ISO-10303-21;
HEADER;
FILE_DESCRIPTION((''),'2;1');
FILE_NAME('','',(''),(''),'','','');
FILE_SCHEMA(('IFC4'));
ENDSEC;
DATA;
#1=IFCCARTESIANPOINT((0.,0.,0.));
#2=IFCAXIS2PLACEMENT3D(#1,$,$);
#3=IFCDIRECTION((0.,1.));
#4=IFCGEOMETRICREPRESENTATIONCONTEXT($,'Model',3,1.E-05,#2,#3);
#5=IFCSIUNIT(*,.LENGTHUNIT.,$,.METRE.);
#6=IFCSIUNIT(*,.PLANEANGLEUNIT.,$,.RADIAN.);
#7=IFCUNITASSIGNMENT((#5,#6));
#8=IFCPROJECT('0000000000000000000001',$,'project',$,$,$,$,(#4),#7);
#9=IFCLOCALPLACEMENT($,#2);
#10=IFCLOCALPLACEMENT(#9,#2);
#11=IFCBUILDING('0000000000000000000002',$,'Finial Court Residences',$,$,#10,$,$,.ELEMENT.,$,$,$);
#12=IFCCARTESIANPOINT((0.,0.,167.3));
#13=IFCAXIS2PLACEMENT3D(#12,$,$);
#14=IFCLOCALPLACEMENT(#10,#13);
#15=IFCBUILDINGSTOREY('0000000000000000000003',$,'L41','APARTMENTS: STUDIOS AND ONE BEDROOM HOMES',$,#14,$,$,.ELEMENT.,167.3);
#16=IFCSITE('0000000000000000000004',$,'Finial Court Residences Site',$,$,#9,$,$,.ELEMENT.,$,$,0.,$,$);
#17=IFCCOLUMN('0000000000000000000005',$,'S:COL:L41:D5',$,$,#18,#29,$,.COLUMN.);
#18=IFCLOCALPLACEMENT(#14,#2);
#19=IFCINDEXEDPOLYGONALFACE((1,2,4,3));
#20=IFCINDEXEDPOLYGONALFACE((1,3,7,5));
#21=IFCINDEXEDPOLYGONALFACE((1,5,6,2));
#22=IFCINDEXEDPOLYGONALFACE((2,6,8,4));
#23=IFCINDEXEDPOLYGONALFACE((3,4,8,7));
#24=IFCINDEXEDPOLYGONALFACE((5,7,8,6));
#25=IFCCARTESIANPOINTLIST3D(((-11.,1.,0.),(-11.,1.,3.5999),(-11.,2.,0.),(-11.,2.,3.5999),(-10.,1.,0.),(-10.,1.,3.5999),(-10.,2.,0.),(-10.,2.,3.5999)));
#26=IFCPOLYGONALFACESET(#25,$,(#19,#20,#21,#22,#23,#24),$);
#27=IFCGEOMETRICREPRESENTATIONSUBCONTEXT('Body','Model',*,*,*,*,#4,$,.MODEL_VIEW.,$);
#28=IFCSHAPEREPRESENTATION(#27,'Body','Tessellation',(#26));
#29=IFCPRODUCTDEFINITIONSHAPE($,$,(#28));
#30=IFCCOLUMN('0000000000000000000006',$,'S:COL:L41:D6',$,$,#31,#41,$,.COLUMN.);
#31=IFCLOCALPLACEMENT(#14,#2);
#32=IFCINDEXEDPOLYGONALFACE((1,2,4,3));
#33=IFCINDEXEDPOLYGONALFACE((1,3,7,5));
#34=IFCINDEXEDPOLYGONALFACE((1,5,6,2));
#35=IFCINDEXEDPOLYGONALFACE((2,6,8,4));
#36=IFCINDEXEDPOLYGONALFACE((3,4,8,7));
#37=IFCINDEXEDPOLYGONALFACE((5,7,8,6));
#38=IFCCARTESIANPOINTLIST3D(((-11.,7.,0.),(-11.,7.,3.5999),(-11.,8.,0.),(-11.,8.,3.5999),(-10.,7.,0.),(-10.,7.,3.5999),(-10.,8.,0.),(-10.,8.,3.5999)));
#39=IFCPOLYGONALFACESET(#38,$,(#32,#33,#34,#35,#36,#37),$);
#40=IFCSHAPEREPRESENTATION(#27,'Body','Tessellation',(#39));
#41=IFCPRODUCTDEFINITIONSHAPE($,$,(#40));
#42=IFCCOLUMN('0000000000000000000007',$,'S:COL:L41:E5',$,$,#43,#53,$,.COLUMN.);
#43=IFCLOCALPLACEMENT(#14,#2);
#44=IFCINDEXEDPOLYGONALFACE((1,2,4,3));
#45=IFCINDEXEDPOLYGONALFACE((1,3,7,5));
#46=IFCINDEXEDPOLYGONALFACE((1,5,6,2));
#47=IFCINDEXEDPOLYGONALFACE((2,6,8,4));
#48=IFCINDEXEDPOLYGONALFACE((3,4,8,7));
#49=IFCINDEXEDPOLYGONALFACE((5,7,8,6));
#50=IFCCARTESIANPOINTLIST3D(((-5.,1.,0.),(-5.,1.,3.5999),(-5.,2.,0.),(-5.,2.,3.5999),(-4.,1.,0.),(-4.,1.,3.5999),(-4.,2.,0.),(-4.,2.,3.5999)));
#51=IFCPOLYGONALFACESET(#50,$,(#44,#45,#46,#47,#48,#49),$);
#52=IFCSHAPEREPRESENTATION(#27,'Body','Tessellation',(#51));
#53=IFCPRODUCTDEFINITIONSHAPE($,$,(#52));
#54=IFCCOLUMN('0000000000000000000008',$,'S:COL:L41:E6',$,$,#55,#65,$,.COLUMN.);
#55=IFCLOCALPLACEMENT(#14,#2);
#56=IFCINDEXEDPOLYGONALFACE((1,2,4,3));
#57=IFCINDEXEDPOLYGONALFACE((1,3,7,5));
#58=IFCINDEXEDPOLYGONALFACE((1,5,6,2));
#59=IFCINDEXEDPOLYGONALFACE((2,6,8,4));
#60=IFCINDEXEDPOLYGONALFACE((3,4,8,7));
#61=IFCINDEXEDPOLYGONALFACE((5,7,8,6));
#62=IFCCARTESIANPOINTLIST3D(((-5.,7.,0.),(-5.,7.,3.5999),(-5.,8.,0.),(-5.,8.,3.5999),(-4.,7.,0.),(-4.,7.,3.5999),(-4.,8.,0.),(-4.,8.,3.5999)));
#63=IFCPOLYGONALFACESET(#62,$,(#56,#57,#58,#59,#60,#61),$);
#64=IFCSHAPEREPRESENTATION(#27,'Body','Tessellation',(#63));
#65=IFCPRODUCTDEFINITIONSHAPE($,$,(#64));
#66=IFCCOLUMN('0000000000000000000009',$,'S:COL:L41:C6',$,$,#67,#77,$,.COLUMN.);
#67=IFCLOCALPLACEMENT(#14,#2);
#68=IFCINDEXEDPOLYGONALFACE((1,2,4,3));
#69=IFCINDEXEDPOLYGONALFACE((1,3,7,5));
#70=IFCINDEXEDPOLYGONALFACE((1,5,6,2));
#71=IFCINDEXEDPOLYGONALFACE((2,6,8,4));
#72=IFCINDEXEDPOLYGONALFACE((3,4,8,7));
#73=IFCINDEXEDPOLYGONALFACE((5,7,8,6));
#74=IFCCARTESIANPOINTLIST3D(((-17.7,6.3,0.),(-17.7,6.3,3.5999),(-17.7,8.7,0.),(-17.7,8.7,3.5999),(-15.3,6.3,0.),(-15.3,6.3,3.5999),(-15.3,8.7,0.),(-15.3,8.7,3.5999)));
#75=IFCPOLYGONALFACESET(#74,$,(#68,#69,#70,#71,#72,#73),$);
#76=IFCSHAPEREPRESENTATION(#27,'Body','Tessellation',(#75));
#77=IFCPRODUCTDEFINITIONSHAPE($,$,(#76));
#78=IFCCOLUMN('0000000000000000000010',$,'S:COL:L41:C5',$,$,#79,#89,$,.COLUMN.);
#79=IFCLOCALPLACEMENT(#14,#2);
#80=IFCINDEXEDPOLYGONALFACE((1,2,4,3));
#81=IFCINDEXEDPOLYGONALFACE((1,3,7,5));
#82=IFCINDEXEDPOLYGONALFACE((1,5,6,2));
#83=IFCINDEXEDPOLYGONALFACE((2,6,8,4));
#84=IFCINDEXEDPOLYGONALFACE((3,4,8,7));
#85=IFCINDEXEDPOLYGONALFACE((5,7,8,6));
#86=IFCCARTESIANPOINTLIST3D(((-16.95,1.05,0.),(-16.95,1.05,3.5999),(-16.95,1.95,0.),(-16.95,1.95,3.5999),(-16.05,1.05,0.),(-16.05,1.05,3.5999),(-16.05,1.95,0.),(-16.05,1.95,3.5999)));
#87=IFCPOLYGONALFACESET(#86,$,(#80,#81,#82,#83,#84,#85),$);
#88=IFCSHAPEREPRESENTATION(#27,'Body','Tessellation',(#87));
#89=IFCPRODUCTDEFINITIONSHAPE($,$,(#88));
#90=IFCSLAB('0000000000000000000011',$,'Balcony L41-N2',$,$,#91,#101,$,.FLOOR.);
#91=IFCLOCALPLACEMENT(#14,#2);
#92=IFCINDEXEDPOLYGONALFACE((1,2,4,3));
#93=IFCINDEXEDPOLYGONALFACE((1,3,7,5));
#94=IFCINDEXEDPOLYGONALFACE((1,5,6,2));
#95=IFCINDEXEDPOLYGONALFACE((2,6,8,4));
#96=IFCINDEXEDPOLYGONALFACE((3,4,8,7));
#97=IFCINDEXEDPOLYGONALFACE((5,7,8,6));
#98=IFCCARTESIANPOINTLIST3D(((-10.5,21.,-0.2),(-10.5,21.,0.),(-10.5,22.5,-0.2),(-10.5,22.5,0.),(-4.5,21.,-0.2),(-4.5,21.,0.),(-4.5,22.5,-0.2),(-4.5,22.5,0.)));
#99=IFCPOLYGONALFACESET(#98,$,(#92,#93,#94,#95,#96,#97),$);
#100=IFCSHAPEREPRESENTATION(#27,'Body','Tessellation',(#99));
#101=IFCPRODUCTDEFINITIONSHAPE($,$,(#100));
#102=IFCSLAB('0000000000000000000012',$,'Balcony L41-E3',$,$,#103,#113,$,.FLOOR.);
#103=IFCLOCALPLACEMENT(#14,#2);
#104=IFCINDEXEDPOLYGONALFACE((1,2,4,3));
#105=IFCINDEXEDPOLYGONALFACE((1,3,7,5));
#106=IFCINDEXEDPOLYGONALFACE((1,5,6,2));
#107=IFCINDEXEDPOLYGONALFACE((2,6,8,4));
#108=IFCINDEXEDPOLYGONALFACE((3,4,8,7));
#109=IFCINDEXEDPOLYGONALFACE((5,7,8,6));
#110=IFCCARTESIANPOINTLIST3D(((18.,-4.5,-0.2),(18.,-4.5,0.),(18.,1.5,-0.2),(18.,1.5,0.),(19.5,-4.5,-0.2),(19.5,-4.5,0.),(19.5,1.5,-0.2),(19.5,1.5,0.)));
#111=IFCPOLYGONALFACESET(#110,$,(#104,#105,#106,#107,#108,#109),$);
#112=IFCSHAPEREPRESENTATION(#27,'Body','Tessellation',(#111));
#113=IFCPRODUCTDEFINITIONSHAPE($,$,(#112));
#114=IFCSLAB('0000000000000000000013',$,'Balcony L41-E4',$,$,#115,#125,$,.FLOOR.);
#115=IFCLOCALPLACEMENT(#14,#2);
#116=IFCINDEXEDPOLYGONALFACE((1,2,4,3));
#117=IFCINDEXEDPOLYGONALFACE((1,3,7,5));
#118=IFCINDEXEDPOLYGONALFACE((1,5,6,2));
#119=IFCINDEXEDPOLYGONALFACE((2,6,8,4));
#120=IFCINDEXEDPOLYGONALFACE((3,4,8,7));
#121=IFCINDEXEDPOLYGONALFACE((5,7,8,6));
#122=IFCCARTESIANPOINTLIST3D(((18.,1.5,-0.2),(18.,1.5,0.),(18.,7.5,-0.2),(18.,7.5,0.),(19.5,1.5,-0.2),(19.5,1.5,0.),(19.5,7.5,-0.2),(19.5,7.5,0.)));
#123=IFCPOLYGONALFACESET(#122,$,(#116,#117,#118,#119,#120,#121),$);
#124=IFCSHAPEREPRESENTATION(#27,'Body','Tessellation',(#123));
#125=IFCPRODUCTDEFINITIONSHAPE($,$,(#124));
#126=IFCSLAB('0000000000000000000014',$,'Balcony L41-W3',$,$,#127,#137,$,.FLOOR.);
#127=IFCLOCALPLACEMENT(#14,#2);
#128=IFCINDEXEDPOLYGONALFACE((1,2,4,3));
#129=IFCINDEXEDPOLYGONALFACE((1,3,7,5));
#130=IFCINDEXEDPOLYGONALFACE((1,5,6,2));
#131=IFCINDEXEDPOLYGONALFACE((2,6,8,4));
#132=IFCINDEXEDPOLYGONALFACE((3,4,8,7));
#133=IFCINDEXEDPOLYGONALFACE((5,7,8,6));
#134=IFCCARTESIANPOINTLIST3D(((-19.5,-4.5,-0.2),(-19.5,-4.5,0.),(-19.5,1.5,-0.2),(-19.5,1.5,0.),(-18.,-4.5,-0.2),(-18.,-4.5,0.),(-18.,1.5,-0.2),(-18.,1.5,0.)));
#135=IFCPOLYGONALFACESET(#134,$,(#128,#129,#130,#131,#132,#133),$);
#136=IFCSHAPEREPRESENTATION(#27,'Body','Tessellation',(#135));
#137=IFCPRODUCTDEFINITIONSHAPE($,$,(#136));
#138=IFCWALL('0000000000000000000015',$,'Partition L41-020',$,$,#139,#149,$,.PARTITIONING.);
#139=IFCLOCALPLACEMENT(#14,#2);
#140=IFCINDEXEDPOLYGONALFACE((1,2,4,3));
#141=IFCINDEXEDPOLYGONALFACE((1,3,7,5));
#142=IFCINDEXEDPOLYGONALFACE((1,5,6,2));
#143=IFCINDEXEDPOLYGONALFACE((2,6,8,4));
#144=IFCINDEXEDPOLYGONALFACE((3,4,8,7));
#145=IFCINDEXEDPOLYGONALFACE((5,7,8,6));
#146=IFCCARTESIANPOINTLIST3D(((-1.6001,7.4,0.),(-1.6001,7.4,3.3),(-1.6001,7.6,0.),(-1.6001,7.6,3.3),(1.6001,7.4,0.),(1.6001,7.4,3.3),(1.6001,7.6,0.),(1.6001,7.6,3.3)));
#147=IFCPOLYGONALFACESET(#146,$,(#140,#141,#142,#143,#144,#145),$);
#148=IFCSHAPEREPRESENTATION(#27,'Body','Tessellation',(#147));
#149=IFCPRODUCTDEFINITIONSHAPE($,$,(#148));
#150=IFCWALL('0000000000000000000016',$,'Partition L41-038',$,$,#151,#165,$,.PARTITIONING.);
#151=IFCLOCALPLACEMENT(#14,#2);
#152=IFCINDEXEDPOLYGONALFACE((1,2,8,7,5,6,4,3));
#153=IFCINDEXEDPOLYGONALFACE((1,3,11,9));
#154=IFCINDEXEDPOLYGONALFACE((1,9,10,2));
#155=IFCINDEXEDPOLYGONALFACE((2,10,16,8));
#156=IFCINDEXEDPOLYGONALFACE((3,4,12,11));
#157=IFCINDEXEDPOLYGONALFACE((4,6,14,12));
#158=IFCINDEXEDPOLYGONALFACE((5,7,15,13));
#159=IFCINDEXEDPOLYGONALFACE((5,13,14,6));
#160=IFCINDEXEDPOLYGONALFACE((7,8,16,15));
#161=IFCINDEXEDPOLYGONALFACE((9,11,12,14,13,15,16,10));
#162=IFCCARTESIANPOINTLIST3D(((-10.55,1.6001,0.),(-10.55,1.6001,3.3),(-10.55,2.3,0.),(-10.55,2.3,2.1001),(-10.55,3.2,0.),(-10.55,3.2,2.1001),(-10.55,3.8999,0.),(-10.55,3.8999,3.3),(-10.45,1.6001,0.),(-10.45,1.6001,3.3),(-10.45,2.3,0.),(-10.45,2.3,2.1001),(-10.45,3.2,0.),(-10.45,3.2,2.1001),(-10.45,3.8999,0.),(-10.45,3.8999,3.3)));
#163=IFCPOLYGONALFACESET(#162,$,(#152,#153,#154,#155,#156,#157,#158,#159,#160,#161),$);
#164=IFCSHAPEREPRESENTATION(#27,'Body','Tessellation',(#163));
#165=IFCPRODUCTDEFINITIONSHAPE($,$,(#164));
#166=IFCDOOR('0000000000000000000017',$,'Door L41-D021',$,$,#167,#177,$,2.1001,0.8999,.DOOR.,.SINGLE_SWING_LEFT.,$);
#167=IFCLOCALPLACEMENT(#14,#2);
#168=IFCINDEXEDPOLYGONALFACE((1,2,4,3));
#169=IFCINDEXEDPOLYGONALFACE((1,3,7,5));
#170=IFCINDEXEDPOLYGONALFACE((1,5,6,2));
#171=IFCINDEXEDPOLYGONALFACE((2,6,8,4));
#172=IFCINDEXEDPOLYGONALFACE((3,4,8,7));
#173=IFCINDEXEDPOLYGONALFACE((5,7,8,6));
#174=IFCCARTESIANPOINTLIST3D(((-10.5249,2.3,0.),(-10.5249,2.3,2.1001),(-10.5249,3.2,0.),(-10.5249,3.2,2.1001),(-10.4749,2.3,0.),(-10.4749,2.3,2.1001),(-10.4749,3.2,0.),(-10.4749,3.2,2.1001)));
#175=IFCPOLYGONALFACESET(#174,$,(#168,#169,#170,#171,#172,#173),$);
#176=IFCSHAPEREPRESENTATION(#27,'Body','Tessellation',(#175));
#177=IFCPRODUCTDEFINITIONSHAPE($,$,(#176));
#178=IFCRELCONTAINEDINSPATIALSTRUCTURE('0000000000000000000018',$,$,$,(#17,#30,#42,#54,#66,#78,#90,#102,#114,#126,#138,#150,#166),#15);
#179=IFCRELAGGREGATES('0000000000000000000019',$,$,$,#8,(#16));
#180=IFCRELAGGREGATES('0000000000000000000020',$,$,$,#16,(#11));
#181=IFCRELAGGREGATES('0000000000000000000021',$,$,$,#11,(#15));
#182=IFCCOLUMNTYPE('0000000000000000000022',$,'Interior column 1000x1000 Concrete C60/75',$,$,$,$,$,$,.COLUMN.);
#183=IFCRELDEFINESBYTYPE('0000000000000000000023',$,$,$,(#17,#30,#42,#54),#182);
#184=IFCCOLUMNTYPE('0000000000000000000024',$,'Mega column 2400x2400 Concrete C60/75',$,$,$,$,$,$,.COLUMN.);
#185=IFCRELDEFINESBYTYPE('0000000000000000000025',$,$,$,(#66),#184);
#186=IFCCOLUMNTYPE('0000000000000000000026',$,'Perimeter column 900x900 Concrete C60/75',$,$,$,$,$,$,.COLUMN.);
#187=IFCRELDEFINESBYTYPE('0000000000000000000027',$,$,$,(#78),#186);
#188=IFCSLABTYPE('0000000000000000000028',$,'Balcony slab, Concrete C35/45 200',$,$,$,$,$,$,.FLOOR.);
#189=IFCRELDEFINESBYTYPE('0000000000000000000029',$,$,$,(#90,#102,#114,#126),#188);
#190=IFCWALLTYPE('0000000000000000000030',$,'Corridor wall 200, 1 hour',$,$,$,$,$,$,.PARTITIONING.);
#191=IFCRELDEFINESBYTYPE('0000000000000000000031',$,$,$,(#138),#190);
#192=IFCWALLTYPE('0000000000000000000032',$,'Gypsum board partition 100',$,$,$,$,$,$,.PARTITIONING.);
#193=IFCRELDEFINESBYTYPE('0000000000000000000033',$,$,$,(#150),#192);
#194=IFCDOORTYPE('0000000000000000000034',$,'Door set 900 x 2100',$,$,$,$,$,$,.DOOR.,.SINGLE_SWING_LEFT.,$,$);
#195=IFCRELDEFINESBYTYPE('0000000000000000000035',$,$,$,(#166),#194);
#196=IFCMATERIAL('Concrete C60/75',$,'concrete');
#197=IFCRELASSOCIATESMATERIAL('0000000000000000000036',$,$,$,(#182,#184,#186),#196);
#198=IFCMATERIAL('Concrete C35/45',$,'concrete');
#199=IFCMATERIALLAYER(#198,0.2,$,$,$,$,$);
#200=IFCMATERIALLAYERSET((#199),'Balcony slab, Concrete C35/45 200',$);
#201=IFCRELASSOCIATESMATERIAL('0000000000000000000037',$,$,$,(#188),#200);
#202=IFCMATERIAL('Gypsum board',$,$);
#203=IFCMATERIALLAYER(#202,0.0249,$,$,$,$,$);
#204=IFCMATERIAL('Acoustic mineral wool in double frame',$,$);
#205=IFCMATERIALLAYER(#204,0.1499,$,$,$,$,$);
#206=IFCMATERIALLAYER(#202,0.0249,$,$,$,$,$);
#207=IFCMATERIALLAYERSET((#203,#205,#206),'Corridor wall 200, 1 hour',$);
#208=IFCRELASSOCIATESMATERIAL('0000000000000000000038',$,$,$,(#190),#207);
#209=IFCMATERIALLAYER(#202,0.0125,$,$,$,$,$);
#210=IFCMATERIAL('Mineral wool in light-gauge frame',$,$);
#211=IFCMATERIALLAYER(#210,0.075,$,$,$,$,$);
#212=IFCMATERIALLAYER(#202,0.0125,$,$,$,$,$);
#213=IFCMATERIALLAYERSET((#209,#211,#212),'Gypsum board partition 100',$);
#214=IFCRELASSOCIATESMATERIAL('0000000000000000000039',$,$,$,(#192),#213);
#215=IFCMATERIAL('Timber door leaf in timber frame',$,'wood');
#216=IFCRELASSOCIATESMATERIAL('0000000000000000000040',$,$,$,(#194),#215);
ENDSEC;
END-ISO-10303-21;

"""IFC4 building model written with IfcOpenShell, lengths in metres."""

from ifc_helpers import new_model, si_unit, direction, frame, frame_2d, origin, origin_2d, place, context, subcontext, project, spatial, polyline, rectangle, outline, extrude, material, layer, layer_set, material_profile, profile_set, type_object, element, fill, save


model = new_model("IFC4")

# Units and contexts
model_context = context("Model", 3, precision=1e-05, world=origin(), true_north=direction((0.0, 1.0)))
body_context = subcontext(model_context, "Body", "Model", "MODEL_VIEW")
ifc_project = project(units=[si_unit("LENGTHUNIT", "METRE"), si_unit("PLANEANGLEUNIT", "RADIAN")], contexts=[model_context])

# Site, building, storey
site_placement = place(None, origin())
site = spatial("IfcSite", under=ifc_project, at=site_placement, Name="Finial Court Residences Site", CompositionType="ELEMENT", RefElevation=0.0)
building_placement = place(site_placement, origin())
building = spatial("IfcBuilding", under=site, at=building_placement, Name="Finial Court Residences", CompositionType="ELEMENT")
storey_placement = place(building_placement, frame((0.0, 0.0, 167.3)))
storey = spatial("IfcBuildingStorey", under=building, at=storey_placement, Name="L41", Description="APARTMENTS: STUDIOS AND ONE BEDROOM HOMES", CompositionType="ELEMENT", Elevation=167.3)

# Columns
ifc_material_1 = material(Name="Concrete C60/75", Category="concrete")
ifc_material_profile_1 = material_profile(ifc_material_1, rectangle(XDim=1.0, YDim=1.0, at=origin_2d()), Name="1000x1000")
ifc_profile_set_1 = profile_set([ifc_material_profile_1], Name="Concrete C60/75")
column_type_1 = type_object("IfcColumnType", Name="Interior column 1000x1000 Concrete C60/75", PredefinedType="COLUMN", material=ifc_profile_set_1)
for number, where, z_axis, x_axis, name in (
    (1, (-10.5, 1.5, 0.0), (0.0, 0.0, 1.0), (1.0, 0.0, 0.0), "S:COL:L41:D5"),
    (2, (-10.5, 7.5, 0.0), (0.0, 0.0, 1.0), (1.0, 0.0, 0.0), "S:COL:L41:D6"),
    (3, (-4.5, 1.5, 0.0), (0.0, 0.0, 1.0), (1.0, 0.0, 0.0), "S:COL:L41:E5"),
    (4, (-4.5, 7.5, 0.0), (0.0, 0.0, 1.0), (1.0, 0.0, 0.0), "S:COL:L41:E6"),
):
    element("IfcColumn", number, at=place(storey_placement, frame(where, z_axis=z_axis, x_axis=x_axis)), inside=storey, type_object=column_type_1, Name=name, PredefinedType="COLUMN", context=body_context, shape_type="SweptSolid", body=[
        extrude(rectangle(XDim=1.0, YDim=1.0, at=origin_2d()), origin(), (0.0, 0.0, 1.0), 3.5999),
    ])
ifc_material_profile_2 = material_profile(ifc_material_1, rectangle(XDim=2.3999, YDim=2.3999, at=origin_2d()), Name="2400x2400")
ifc_profile_set_2 = profile_set([ifc_material_profile_2], Name="Concrete C60/75")
column_type_2 = type_object("IfcColumnType", Name="Mega column 2400x2400 Concrete C60/75", PredefinedType="COLUMN", material=ifc_profile_set_2)
column_1_placement = place(storey_placement, frame((-16.5, 7.5, 0.0), z_axis=(0.0, 0.0, 1.0), x_axis=(1.0, 0.0, 0.0)))
element("IfcColumn", 5, at=column_1_placement, inside=storey, type_object=column_type_2, Name="S:COL:L41:C6", PredefinedType="COLUMN", context=body_context, shape_type="SweptSolid", body=[
    extrude(rectangle(XDim=2.3999, YDim=2.3999, at=origin_2d()), origin(), (0.0, 0.0, 1.0), 3.5999),
])
ifc_material_profile_3 = material_profile(ifc_material_1, rectangle(XDim=0.8999, YDim=0.8999, at=origin_2d()), Name="900x900")
ifc_profile_set_3 = profile_set([ifc_material_profile_3], Name="Concrete C60/75")
column_type_3 = type_object("IfcColumnType", Name="Perimeter column 900x900 Concrete C60/75", PredefinedType="COLUMN", material=ifc_profile_set_3)
column_2_placement = place(storey_placement, frame((-16.5, 1.5, 0.0), z_axis=(0.0, 0.0, 1.0), x_axis=(1.0, 0.0, 0.0)))
element("IfcColumn", 6, at=column_2_placement, inside=storey, type_object=column_type_3, Name="S:COL:L41:C5", PredefinedType="COLUMN", context=body_context, shape_type="SweptSolid", body=[
    extrude(rectangle(XDim=0.8999, YDim=0.8999, at=origin_2d()), origin(), (0.0, 0.0, 1.0), 3.5999),
])

# Slabs
ifc_material_2 = material(Name="Concrete C35/45", Category="concrete")
ifc_layer_1 = layer(ifc_material_2, 0.2)
ifc_layer_set_1 = layer_set([ifc_layer_1], Name="Balcony slab, Concrete C35/45 200")
slab_type = type_object("IfcSlabType", Name="Balcony slab, Concrete C35/45 200", PredefinedType="FLOOR", material=ifc_layer_set_1)
slab_1_placement = place(storey_placement, frame((0.0, 0.0, -0.2)))
element("IfcSlab", 7, at=slab_1_placement, inside=storey, type_object=slab_type, Name="Balcony L41-N2", PredefinedType="FLOOR", context=body_context, shape_type="SweptSolid", body=[
    extrude(outline(polyline([(-4.5, 21.0), (-4.5, 22.5), (-10.5, 22.5), (-10.5, 21.0), (-4.5, 21.0)])), origin(), (0.0, 0.0, 1.0), 0.2),
])
slab_2_placement = place(storey_placement, frame((0.0, 0.0, -0.2)))
element("IfcSlab", 8, at=slab_2_placement, inside=storey, type_object=slab_type, Name="Balcony L41-E3", PredefinedType="FLOOR", context=body_context, shape_type="SweptSolid", body=[
    extrude(outline(polyline([(19.5, -4.5), (19.5, 1.5), (18.0, 1.5), (18.0, -4.5), (19.5, -4.5)])), origin(), (0.0, 0.0, 1.0), 0.2),
])
slab_3_placement = place(storey_placement, frame((0.0, 0.0, -0.2)))
element("IfcSlab", 9, at=slab_3_placement, inside=storey, type_object=slab_type, Name="Balcony L41-E4", PredefinedType="FLOOR", context=body_context, shape_type="SweptSolid", body=[
    extrude(outline(polyline([(19.5, 1.5), (19.5, 7.5), (18.0, 7.5), (18.0, 1.5), (19.5, 1.5)])), origin(), (0.0, 0.0, 1.0), 0.2),
])
slab_4_placement = place(storey_placement, frame((0.0, 0.0, -0.2)))
element("IfcSlab", 10, at=slab_4_placement, inside=storey, type_object=slab_type, Name="Balcony L41-W3", PredefinedType="FLOOR", context=body_context, shape_type="SweptSolid", body=[
    extrude(outline(polyline([(-18.0, -4.5), (-18.0, 1.5), (-19.5, 1.5), (-19.5, -4.5), (-18.0, -4.5)])), origin(), (0.0, 0.0, 1.0), 0.2),
])

# Wall
ifc_material_3 = material(Name="Gypsum board")
ifc_layer_2 = layer(ifc_material_3, 0.0249)
ifc_material_4 = material(Name="Acoustic mineral wool in double frame")
ifc_layer_3 = layer(ifc_material_4, 0.1499)
ifc_layer_4 = layer(ifc_material_3, 0.0249)
ifc_layer_set_2 = layer_set([ifc_layer_2, ifc_layer_3, ifc_layer_4], Name="Corridor wall 200, 1 hour")
wall_type_1 = type_object("IfcWallType", Name="Corridor wall 200, 1 hour", PredefinedType="PARTITIONING", material=ifc_layer_set_2)
wall_1_placement = place(storey_placement, frame((-1.6001, 7.5, 0.0), z_axis=(0.0, 0.0, 1.0), x_axis=(1.0, 0.0, 0.0)))
element("IfcWall", 11, at=wall_1_placement, inside=storey, type_object=wall_type_1, Name="Partition L41-020", PredefinedType="PARTITIONING", context=body_context, shape_type="SweptSolid", body=[
    extrude(rectangle(XDim=3.2002, YDim=0.2, at=frame_2d((1.6001, 0.0))), origin(), (0.0, 0.0, 1.0), 3.3),
])

# Wall, opening, door
ifc_layer_5 = layer(ifc_material_3, 0.0125)
ifc_material_5 = material(Name="Mineral wool in light-gauge frame")
ifc_layer_6 = layer(ifc_material_5, 0.075)
ifc_layer_7 = layer(ifc_material_3, 0.0125)
ifc_layer_set_3 = layer_set([ifc_layer_5, ifc_layer_6, ifc_layer_7], Name="Gypsum board partition 100")
wall_type_2 = type_object("IfcWallType", Name="Gypsum board partition 100", PredefinedType="PARTITIONING", material=ifc_layer_set_3)
wall_2_placement = place(storey_placement, frame((-10.5, 1.6001, 0.0), z_axis=(0.0, 0.0, 1.0), x_axis=(0.0, 1.0, 0.0)))
wall_2 = element("IfcWall", 12, at=wall_2_placement, inside=storey, type_object=wall_type_2, Name="Partition L41-038", PredefinedType="PARTITIONING", context=body_context, shape_type="SweptSolid", body=[
    extrude(rectangle(XDim=2.2998, YDim=0.1001, at=frame_2d((1.1499, 0.0))), origin(), (0.0, 0.0, 1.0), 3.3),
])
opening_1_placement = place(wall_2_placement, frame((0.7, 0.0, 0.0)))
opening_1 = element("IfcOpeningElement", 13, at=opening_1_placement, cuts=wall_2, PredefinedType="OPENING", context=body_context, shape_type="SweptSolid", body=[
    extrude(rectangle(XDim=0.8999, YDim=2.1001, at=frame_2d((0.45, 1.05))), frame((0.0, 0.0601, 0.0), z_axis=(0.0, -1.0, 0.0), x_axis=(1.0, 0.0, 0.0)), (0.0, 0.0, 1.0), 0.1201),
])
ifc_material_6 = material(Name="Timber door leaf in timber frame", Category="wood")
door_type = type_object("IfcDoorType", Name="Door set 900 x 2100", OperationType="SINGLE_SWING_LEFT", PredefinedType="DOOR", material=ifc_material_6)
door_1_placement = place(opening_1_placement, origin())
door_1 = element("IfcDoor", 14, at=door_1_placement, inside=storey, type_object=door_type, Name="Door L41-D021", OperationType="SINGLE_SWING_LEFT", OverallHeight=2.1001, OverallWidth=0.8999, PredefinedType="DOOR", context=body_context, shape_type="SweptSolid", body=[
    extrude(rectangle(XDim=0.8999, YDim=2.1001, at=frame_2d((0.45, 1.05))), frame((0.0, 0.0249, 0.0), z_axis=(0.0, -1.0, 0.0), x_axis=(1.0, 0.0, 0.0)), (0.0, 0.0, 1.0), 0.05),
])
fill(opening_1, door_1)

save(model, "model.ifc")
